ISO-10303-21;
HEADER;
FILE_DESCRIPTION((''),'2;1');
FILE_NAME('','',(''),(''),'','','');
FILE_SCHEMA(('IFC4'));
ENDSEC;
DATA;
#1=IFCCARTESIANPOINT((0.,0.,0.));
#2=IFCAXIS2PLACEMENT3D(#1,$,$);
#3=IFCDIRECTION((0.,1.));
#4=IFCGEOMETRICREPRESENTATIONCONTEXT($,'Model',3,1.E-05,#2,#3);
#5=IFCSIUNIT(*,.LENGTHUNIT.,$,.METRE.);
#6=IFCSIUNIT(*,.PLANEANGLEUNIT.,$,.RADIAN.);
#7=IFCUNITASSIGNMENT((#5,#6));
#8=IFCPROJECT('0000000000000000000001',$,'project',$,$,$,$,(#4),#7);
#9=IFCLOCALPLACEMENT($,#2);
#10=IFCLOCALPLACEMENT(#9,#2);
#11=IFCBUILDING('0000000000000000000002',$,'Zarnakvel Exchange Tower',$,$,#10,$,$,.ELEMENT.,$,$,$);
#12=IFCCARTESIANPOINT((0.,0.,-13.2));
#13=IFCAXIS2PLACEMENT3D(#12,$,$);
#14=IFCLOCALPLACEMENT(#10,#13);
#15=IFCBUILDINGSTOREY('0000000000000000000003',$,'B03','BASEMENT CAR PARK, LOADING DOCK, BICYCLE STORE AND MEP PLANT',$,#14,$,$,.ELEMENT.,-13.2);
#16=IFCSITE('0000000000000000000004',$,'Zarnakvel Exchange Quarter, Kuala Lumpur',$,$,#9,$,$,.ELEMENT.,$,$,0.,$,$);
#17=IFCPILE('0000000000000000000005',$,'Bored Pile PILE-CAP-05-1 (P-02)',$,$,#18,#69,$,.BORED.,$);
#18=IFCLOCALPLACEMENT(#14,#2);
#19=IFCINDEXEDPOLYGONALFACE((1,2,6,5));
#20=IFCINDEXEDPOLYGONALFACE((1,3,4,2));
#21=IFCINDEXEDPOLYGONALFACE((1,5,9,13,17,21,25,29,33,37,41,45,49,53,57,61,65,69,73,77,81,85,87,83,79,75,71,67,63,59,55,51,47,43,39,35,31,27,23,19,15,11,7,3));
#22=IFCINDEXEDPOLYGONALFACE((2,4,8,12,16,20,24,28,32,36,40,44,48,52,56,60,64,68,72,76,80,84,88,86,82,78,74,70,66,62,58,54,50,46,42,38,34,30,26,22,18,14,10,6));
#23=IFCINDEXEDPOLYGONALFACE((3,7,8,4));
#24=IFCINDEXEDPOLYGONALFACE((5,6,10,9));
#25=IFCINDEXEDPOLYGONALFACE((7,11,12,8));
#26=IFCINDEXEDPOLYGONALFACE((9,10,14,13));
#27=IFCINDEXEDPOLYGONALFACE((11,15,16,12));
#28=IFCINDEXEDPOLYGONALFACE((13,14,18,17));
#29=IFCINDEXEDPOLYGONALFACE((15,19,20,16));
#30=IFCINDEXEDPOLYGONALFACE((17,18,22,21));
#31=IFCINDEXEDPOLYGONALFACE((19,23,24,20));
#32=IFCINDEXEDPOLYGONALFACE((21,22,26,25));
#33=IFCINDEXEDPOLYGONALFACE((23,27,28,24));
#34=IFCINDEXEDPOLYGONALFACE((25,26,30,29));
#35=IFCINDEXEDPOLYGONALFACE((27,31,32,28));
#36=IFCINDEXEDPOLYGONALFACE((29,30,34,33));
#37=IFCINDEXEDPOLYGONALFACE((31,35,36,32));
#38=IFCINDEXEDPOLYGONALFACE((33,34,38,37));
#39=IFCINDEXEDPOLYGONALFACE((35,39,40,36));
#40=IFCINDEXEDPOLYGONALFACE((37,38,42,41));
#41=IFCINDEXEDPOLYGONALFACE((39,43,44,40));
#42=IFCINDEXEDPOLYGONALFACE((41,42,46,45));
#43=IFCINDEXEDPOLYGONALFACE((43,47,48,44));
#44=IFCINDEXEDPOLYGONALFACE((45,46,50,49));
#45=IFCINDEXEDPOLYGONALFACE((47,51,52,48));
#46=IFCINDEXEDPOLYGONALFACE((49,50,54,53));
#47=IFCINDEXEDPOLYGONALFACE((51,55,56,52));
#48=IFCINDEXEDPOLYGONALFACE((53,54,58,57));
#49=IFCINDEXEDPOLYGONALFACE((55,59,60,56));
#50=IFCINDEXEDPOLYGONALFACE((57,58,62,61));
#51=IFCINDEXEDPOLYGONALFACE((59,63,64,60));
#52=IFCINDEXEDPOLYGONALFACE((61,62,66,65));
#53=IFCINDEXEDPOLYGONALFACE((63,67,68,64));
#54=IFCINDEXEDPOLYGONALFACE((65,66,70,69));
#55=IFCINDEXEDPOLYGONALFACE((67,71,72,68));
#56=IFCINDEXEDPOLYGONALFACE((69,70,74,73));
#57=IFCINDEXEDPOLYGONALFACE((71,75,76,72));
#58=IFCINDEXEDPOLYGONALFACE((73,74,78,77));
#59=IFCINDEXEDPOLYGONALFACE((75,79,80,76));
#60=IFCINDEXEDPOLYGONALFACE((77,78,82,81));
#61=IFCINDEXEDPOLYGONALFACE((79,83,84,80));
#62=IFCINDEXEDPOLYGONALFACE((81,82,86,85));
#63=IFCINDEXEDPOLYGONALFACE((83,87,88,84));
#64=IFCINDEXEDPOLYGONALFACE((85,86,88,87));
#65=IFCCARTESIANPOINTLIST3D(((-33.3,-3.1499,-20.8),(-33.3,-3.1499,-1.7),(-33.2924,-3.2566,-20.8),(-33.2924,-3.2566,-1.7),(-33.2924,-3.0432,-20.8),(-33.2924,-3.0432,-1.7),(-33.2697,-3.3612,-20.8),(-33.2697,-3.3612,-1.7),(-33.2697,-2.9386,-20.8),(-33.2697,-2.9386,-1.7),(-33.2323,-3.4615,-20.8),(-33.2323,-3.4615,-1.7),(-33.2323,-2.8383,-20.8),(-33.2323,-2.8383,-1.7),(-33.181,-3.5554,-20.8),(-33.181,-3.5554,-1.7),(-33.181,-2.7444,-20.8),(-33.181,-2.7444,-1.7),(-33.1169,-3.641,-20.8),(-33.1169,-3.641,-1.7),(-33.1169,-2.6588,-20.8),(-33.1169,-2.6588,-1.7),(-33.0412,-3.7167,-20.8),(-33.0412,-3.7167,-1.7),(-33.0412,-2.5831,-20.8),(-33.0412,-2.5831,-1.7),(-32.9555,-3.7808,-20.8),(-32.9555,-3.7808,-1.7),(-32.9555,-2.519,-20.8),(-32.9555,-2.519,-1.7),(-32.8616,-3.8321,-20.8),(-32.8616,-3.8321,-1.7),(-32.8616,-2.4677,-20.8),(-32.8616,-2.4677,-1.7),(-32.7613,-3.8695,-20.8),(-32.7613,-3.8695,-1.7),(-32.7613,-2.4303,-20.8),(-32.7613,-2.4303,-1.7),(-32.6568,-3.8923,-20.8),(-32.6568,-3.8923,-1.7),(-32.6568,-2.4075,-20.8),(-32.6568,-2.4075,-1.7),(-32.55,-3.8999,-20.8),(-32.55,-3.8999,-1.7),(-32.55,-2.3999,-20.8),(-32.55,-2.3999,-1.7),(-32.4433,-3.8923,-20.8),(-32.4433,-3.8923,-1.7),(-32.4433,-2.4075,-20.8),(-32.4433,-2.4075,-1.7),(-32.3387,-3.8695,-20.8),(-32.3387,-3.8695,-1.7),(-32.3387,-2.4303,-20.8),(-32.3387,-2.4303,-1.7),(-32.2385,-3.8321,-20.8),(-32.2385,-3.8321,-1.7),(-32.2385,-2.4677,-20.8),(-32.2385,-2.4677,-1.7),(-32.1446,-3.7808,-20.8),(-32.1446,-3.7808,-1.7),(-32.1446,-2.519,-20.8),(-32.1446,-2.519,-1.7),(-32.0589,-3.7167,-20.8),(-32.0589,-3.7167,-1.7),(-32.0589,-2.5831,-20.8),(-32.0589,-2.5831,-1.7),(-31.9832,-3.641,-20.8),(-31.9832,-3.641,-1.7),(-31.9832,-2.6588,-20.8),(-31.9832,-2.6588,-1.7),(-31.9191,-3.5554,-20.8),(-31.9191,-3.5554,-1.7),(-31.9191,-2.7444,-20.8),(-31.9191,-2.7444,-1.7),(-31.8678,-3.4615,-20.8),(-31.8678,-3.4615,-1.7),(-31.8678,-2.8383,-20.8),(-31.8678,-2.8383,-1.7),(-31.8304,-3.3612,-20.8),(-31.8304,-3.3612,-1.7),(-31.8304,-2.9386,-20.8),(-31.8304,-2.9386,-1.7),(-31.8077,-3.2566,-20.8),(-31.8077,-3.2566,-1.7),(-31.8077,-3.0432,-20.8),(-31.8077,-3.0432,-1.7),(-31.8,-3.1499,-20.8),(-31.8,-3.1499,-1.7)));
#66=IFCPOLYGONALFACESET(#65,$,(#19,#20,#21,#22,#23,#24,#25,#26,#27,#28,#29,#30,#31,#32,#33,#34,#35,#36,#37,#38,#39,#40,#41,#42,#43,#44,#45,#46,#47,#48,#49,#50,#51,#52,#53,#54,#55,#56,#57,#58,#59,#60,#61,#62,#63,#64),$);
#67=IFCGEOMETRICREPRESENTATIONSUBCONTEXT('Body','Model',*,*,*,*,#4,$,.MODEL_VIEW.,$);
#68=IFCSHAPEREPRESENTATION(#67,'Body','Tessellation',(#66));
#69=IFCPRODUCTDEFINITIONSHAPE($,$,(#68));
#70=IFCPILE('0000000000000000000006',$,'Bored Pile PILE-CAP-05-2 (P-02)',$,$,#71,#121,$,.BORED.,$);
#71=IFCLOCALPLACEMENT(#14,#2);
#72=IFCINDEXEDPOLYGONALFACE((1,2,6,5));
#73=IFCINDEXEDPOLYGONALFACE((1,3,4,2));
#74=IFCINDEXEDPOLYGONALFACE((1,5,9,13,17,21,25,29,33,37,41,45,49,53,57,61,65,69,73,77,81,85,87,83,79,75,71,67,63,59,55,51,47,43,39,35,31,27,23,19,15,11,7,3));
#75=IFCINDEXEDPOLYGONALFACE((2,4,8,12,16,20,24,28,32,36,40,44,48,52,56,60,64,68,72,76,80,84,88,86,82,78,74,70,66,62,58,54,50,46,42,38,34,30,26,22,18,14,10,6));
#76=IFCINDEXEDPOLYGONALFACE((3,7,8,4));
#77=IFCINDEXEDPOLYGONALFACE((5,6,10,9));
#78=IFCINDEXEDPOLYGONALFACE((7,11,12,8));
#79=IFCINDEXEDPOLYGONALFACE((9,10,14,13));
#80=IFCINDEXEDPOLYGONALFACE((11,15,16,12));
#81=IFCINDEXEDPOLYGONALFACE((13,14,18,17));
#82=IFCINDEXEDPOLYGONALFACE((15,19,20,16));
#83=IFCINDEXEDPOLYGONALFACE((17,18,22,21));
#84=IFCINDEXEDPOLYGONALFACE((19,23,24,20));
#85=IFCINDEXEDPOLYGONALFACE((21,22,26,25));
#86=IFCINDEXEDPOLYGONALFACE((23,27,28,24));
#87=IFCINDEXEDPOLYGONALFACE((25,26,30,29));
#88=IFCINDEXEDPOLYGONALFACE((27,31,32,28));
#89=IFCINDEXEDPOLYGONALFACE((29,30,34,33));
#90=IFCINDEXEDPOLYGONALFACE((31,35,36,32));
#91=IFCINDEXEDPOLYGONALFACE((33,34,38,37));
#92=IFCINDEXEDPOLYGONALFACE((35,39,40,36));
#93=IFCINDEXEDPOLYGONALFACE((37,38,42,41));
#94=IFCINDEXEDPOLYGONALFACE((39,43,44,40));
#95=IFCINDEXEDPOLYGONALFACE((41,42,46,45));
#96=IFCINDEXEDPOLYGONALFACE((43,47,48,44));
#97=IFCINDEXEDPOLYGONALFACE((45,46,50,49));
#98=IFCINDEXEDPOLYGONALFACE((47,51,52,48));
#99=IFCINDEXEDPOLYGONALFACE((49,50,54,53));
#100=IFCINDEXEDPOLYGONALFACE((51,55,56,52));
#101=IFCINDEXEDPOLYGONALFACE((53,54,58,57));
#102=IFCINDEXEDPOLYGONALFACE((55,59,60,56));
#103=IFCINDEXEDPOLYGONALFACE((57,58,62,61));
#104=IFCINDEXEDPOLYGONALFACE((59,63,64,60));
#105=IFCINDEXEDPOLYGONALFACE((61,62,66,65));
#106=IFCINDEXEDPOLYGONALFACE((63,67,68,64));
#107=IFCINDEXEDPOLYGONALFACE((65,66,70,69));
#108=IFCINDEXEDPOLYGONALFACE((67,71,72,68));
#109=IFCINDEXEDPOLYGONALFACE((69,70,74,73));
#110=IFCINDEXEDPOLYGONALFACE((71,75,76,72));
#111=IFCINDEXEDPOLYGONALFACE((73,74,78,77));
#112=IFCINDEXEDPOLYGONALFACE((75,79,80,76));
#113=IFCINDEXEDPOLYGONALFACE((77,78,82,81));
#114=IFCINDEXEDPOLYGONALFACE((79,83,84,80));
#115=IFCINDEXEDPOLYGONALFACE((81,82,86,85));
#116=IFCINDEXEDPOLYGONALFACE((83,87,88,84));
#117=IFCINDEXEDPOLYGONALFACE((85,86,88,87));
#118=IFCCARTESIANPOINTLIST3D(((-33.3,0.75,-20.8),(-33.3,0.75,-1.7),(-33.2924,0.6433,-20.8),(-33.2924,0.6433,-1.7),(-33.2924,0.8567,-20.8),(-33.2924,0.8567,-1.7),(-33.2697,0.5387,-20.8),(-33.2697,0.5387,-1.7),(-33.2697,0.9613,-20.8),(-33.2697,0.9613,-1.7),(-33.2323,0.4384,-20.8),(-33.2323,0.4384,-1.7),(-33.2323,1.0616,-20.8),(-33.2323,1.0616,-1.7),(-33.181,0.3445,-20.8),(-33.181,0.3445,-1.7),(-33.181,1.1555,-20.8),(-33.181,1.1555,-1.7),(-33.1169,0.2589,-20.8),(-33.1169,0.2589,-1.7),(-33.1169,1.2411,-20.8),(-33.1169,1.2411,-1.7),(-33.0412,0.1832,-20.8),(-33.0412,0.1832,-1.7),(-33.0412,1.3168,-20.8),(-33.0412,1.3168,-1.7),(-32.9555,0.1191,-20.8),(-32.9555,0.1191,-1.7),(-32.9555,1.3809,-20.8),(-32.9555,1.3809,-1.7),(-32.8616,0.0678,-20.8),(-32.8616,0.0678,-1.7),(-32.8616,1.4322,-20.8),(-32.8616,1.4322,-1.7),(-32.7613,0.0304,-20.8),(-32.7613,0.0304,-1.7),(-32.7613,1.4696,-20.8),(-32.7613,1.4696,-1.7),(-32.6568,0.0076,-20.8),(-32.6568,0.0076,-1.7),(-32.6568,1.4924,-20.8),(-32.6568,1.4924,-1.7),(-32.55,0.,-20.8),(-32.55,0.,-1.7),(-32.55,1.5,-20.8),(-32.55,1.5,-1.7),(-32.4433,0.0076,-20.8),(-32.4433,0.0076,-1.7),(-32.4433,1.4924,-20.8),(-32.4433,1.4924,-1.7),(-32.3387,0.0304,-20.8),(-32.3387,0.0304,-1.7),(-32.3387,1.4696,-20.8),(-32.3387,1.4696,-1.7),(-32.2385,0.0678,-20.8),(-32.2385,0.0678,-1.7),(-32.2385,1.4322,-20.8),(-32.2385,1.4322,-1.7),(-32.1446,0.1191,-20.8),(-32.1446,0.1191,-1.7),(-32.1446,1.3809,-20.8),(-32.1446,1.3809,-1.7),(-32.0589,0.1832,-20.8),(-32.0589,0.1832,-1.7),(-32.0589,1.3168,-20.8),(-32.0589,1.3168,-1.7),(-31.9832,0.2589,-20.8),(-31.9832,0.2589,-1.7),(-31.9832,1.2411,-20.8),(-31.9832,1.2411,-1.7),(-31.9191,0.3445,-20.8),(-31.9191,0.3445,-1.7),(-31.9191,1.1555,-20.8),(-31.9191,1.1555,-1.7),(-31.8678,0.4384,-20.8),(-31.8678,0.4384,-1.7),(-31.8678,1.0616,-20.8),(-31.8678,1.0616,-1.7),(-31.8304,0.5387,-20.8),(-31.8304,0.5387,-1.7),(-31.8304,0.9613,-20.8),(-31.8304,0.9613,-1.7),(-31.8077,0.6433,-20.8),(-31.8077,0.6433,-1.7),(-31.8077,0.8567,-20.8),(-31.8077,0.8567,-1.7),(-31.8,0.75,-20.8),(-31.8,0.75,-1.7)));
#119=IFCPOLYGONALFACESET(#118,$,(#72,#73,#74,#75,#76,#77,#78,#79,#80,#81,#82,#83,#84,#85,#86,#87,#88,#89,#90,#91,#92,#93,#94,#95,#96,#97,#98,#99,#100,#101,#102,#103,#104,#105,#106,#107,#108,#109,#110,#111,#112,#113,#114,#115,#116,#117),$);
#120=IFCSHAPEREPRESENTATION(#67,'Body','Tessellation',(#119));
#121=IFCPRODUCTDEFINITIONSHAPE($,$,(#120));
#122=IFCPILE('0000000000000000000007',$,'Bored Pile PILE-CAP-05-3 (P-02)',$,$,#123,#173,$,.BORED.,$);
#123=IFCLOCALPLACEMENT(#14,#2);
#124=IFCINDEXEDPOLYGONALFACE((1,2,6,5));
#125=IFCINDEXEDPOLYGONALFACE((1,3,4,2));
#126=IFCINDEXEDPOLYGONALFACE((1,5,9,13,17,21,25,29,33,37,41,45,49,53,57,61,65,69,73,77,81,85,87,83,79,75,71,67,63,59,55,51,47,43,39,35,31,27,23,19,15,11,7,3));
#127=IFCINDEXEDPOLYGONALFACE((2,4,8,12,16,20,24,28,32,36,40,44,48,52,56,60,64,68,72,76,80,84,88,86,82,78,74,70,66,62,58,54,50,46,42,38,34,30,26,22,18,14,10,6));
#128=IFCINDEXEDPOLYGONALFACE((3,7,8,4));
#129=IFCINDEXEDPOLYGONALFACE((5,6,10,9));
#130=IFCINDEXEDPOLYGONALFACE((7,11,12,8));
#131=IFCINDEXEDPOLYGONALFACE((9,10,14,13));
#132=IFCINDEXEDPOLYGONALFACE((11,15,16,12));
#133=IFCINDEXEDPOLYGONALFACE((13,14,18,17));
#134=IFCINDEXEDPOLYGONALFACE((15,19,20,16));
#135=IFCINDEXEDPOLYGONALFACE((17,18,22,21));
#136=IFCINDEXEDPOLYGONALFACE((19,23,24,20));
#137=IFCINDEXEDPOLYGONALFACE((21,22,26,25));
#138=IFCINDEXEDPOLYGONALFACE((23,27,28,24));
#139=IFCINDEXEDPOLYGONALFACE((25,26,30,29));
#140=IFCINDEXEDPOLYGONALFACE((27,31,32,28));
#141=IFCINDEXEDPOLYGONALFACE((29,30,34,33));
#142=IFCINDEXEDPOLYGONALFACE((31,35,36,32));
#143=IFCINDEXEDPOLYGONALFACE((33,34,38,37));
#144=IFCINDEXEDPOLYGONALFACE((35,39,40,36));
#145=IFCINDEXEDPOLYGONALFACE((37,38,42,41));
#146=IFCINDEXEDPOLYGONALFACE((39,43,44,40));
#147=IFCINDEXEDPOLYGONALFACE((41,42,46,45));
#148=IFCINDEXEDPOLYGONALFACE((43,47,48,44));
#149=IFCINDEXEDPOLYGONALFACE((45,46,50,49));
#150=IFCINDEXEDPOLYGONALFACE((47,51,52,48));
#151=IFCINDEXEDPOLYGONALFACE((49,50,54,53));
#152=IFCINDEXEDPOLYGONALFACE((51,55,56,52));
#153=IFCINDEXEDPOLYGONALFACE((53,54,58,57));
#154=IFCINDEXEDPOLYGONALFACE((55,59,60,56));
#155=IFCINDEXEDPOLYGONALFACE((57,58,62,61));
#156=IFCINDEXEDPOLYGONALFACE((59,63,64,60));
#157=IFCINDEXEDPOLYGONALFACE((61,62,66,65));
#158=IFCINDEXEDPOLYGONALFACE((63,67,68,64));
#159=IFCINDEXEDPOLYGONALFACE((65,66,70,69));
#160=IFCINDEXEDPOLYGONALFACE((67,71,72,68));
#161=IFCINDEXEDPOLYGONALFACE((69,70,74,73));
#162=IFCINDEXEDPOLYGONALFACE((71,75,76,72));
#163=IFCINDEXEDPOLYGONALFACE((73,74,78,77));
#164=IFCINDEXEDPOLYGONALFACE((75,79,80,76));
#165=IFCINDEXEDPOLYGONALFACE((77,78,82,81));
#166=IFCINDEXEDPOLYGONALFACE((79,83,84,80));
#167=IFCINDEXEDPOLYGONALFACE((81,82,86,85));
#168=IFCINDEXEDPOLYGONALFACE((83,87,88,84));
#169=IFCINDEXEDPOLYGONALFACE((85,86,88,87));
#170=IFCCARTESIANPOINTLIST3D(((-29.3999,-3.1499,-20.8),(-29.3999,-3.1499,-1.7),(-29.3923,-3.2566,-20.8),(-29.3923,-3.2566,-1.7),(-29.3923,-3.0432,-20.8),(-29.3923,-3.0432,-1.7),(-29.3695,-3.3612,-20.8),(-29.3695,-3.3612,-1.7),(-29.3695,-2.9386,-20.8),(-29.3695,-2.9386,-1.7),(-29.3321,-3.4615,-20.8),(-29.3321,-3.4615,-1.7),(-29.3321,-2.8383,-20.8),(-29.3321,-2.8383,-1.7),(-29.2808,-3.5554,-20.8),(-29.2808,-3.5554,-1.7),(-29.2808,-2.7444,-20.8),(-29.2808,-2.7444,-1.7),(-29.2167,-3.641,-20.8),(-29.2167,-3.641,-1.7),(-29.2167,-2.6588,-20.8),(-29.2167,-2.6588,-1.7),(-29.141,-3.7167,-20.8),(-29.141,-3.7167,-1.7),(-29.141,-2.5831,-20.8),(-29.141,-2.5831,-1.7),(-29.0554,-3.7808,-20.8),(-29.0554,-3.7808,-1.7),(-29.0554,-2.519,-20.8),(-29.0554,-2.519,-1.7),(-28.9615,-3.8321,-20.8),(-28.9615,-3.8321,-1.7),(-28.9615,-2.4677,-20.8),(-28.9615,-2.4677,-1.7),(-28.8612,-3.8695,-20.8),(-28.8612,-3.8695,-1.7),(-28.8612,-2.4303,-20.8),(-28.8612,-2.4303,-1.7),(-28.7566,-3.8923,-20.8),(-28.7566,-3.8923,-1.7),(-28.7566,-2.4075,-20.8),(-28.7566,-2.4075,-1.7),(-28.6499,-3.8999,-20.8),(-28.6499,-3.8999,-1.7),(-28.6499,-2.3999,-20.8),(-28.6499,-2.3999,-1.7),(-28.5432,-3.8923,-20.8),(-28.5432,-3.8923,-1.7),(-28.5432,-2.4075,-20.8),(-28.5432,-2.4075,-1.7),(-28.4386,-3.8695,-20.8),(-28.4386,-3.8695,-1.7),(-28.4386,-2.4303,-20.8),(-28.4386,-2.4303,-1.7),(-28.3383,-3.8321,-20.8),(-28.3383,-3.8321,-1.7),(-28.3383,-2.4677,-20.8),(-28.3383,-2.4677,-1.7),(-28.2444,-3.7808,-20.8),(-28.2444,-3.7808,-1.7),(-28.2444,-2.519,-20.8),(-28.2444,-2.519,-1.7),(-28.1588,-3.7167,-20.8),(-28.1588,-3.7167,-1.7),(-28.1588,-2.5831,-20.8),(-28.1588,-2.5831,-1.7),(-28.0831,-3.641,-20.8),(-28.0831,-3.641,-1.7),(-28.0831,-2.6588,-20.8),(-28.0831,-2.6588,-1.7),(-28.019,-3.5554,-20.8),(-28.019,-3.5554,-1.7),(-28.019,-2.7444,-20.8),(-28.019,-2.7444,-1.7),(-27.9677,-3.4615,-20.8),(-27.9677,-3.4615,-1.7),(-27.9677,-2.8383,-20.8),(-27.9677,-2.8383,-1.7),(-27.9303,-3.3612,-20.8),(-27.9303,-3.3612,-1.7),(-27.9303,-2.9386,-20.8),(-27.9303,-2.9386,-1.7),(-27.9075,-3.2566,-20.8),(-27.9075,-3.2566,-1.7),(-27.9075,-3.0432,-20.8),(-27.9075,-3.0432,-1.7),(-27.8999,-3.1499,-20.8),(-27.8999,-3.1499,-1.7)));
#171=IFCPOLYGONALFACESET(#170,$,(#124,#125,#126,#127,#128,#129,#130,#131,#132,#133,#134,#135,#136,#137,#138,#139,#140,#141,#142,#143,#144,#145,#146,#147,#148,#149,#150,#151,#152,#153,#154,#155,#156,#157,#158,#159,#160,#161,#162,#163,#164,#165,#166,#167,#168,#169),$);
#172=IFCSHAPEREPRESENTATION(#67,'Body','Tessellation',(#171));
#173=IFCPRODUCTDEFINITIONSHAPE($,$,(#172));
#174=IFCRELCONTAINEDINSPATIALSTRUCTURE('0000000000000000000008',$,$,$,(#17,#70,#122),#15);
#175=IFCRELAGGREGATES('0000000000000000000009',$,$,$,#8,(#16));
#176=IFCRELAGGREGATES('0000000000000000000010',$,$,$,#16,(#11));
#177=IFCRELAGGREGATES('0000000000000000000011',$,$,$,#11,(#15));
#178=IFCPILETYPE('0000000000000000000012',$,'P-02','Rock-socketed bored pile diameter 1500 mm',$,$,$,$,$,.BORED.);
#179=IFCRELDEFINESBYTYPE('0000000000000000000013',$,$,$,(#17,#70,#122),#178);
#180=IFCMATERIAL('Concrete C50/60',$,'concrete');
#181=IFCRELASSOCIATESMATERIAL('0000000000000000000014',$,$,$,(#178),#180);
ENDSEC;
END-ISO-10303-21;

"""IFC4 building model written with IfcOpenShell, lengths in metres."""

from ifc_helpers import new_model, si_unit, direction, frame, origin, origin_2d, place, context, subcontext, project, spatial, circle, extrude, material, material_profile, profile_set, type_object, element, save


model = new_model("IFC4")

# Units and contexts
model_context = context("Model", 3, precision=1e-05, world=origin(), true_north=direction((0.0, 1.0)))
body_context = subcontext(model_context, "Body", "Model", "MODEL_VIEW")
ifc_project = project(units=[si_unit("LENGTHUNIT", "METRE"), si_unit("PLANEANGLEUNIT", "RADIAN")], contexts=[model_context])

# Site, building, storey
site_placement = place(None, origin())
site = spatial("IfcSite", under=ifc_project, at=site_placement, Name="Zarnakvel Exchange Quarter, Kuala Lumpur", CompositionType="ELEMENT", RefElevation=0.0)
building_placement = place(site_placement, origin())
building = spatial("IfcBuilding", under=site, at=building_placement, Name="Zarnakvel Exchange Tower", CompositionType="ELEMENT")
storey_placement = place(building_placement, frame((0.0, 0.0, -13.2)))
storey = spatial("IfcBuildingStorey", under=building, at=storey_placement, Name="B03", Description="BASEMENT CAR PARK, LOADING DOCK, BICYCLE STORE AND MEP PLANT", CompositionType="ELEMENT", Elevation=-13.2)

# Shared definitions
ifc_material_1 = material(Name="Concrete C50/60", Category="concrete")

# Piles
ifc_material_profile_1 = material_profile(ifc_material_1, circle(Radius=0.75, at=origin_2d()))
ifc_profile_set_1 = profile_set([ifc_material_profile_1], Name="Concrete C50/60")
pile_type_1 = type_object("IfcPileType", Name="P-02", Description="Rock-socketed bored pile diameter 1500 mm", PredefinedType="BORED", material=ifc_profile_set_1)
for number, where, z_axis, x_axis, name in (
    (1, (-32.55, -3.1499, -1.7), (0.0, 0.0, -1.0), (1.0, 0.0, 0.0), "Bored Pile PILE-CAP-05-1 (P-02)"),
    (2, (-32.55, 0.75, -1.7), (0.0, 0.0, -1.0), (1.0, 0.0, 0.0), "Bored Pile PILE-CAP-05-2 (P-02)"),
    (3, (-28.6499, -3.1499, -1.7), (0.0, 0.0, -1.0), (1.0, 0.0, 0.0), "Bored Pile PILE-CAP-05-3 (P-02)"),
):
    element("IfcPile", number, at=place(storey_placement, frame(where, z_axis=z_axis, x_axis=x_axis)), inside=storey, type_object=pile_type_1, Name=name, PredefinedType="BORED", context=body_context, shape_type="SweptSolid", body=[
        extrude(circle(Radius=0.75, at=origin_2d()), origin(), (0.0, 0.0, 1.0), 19.1001),
    ])

save(model, "model.ifc")
